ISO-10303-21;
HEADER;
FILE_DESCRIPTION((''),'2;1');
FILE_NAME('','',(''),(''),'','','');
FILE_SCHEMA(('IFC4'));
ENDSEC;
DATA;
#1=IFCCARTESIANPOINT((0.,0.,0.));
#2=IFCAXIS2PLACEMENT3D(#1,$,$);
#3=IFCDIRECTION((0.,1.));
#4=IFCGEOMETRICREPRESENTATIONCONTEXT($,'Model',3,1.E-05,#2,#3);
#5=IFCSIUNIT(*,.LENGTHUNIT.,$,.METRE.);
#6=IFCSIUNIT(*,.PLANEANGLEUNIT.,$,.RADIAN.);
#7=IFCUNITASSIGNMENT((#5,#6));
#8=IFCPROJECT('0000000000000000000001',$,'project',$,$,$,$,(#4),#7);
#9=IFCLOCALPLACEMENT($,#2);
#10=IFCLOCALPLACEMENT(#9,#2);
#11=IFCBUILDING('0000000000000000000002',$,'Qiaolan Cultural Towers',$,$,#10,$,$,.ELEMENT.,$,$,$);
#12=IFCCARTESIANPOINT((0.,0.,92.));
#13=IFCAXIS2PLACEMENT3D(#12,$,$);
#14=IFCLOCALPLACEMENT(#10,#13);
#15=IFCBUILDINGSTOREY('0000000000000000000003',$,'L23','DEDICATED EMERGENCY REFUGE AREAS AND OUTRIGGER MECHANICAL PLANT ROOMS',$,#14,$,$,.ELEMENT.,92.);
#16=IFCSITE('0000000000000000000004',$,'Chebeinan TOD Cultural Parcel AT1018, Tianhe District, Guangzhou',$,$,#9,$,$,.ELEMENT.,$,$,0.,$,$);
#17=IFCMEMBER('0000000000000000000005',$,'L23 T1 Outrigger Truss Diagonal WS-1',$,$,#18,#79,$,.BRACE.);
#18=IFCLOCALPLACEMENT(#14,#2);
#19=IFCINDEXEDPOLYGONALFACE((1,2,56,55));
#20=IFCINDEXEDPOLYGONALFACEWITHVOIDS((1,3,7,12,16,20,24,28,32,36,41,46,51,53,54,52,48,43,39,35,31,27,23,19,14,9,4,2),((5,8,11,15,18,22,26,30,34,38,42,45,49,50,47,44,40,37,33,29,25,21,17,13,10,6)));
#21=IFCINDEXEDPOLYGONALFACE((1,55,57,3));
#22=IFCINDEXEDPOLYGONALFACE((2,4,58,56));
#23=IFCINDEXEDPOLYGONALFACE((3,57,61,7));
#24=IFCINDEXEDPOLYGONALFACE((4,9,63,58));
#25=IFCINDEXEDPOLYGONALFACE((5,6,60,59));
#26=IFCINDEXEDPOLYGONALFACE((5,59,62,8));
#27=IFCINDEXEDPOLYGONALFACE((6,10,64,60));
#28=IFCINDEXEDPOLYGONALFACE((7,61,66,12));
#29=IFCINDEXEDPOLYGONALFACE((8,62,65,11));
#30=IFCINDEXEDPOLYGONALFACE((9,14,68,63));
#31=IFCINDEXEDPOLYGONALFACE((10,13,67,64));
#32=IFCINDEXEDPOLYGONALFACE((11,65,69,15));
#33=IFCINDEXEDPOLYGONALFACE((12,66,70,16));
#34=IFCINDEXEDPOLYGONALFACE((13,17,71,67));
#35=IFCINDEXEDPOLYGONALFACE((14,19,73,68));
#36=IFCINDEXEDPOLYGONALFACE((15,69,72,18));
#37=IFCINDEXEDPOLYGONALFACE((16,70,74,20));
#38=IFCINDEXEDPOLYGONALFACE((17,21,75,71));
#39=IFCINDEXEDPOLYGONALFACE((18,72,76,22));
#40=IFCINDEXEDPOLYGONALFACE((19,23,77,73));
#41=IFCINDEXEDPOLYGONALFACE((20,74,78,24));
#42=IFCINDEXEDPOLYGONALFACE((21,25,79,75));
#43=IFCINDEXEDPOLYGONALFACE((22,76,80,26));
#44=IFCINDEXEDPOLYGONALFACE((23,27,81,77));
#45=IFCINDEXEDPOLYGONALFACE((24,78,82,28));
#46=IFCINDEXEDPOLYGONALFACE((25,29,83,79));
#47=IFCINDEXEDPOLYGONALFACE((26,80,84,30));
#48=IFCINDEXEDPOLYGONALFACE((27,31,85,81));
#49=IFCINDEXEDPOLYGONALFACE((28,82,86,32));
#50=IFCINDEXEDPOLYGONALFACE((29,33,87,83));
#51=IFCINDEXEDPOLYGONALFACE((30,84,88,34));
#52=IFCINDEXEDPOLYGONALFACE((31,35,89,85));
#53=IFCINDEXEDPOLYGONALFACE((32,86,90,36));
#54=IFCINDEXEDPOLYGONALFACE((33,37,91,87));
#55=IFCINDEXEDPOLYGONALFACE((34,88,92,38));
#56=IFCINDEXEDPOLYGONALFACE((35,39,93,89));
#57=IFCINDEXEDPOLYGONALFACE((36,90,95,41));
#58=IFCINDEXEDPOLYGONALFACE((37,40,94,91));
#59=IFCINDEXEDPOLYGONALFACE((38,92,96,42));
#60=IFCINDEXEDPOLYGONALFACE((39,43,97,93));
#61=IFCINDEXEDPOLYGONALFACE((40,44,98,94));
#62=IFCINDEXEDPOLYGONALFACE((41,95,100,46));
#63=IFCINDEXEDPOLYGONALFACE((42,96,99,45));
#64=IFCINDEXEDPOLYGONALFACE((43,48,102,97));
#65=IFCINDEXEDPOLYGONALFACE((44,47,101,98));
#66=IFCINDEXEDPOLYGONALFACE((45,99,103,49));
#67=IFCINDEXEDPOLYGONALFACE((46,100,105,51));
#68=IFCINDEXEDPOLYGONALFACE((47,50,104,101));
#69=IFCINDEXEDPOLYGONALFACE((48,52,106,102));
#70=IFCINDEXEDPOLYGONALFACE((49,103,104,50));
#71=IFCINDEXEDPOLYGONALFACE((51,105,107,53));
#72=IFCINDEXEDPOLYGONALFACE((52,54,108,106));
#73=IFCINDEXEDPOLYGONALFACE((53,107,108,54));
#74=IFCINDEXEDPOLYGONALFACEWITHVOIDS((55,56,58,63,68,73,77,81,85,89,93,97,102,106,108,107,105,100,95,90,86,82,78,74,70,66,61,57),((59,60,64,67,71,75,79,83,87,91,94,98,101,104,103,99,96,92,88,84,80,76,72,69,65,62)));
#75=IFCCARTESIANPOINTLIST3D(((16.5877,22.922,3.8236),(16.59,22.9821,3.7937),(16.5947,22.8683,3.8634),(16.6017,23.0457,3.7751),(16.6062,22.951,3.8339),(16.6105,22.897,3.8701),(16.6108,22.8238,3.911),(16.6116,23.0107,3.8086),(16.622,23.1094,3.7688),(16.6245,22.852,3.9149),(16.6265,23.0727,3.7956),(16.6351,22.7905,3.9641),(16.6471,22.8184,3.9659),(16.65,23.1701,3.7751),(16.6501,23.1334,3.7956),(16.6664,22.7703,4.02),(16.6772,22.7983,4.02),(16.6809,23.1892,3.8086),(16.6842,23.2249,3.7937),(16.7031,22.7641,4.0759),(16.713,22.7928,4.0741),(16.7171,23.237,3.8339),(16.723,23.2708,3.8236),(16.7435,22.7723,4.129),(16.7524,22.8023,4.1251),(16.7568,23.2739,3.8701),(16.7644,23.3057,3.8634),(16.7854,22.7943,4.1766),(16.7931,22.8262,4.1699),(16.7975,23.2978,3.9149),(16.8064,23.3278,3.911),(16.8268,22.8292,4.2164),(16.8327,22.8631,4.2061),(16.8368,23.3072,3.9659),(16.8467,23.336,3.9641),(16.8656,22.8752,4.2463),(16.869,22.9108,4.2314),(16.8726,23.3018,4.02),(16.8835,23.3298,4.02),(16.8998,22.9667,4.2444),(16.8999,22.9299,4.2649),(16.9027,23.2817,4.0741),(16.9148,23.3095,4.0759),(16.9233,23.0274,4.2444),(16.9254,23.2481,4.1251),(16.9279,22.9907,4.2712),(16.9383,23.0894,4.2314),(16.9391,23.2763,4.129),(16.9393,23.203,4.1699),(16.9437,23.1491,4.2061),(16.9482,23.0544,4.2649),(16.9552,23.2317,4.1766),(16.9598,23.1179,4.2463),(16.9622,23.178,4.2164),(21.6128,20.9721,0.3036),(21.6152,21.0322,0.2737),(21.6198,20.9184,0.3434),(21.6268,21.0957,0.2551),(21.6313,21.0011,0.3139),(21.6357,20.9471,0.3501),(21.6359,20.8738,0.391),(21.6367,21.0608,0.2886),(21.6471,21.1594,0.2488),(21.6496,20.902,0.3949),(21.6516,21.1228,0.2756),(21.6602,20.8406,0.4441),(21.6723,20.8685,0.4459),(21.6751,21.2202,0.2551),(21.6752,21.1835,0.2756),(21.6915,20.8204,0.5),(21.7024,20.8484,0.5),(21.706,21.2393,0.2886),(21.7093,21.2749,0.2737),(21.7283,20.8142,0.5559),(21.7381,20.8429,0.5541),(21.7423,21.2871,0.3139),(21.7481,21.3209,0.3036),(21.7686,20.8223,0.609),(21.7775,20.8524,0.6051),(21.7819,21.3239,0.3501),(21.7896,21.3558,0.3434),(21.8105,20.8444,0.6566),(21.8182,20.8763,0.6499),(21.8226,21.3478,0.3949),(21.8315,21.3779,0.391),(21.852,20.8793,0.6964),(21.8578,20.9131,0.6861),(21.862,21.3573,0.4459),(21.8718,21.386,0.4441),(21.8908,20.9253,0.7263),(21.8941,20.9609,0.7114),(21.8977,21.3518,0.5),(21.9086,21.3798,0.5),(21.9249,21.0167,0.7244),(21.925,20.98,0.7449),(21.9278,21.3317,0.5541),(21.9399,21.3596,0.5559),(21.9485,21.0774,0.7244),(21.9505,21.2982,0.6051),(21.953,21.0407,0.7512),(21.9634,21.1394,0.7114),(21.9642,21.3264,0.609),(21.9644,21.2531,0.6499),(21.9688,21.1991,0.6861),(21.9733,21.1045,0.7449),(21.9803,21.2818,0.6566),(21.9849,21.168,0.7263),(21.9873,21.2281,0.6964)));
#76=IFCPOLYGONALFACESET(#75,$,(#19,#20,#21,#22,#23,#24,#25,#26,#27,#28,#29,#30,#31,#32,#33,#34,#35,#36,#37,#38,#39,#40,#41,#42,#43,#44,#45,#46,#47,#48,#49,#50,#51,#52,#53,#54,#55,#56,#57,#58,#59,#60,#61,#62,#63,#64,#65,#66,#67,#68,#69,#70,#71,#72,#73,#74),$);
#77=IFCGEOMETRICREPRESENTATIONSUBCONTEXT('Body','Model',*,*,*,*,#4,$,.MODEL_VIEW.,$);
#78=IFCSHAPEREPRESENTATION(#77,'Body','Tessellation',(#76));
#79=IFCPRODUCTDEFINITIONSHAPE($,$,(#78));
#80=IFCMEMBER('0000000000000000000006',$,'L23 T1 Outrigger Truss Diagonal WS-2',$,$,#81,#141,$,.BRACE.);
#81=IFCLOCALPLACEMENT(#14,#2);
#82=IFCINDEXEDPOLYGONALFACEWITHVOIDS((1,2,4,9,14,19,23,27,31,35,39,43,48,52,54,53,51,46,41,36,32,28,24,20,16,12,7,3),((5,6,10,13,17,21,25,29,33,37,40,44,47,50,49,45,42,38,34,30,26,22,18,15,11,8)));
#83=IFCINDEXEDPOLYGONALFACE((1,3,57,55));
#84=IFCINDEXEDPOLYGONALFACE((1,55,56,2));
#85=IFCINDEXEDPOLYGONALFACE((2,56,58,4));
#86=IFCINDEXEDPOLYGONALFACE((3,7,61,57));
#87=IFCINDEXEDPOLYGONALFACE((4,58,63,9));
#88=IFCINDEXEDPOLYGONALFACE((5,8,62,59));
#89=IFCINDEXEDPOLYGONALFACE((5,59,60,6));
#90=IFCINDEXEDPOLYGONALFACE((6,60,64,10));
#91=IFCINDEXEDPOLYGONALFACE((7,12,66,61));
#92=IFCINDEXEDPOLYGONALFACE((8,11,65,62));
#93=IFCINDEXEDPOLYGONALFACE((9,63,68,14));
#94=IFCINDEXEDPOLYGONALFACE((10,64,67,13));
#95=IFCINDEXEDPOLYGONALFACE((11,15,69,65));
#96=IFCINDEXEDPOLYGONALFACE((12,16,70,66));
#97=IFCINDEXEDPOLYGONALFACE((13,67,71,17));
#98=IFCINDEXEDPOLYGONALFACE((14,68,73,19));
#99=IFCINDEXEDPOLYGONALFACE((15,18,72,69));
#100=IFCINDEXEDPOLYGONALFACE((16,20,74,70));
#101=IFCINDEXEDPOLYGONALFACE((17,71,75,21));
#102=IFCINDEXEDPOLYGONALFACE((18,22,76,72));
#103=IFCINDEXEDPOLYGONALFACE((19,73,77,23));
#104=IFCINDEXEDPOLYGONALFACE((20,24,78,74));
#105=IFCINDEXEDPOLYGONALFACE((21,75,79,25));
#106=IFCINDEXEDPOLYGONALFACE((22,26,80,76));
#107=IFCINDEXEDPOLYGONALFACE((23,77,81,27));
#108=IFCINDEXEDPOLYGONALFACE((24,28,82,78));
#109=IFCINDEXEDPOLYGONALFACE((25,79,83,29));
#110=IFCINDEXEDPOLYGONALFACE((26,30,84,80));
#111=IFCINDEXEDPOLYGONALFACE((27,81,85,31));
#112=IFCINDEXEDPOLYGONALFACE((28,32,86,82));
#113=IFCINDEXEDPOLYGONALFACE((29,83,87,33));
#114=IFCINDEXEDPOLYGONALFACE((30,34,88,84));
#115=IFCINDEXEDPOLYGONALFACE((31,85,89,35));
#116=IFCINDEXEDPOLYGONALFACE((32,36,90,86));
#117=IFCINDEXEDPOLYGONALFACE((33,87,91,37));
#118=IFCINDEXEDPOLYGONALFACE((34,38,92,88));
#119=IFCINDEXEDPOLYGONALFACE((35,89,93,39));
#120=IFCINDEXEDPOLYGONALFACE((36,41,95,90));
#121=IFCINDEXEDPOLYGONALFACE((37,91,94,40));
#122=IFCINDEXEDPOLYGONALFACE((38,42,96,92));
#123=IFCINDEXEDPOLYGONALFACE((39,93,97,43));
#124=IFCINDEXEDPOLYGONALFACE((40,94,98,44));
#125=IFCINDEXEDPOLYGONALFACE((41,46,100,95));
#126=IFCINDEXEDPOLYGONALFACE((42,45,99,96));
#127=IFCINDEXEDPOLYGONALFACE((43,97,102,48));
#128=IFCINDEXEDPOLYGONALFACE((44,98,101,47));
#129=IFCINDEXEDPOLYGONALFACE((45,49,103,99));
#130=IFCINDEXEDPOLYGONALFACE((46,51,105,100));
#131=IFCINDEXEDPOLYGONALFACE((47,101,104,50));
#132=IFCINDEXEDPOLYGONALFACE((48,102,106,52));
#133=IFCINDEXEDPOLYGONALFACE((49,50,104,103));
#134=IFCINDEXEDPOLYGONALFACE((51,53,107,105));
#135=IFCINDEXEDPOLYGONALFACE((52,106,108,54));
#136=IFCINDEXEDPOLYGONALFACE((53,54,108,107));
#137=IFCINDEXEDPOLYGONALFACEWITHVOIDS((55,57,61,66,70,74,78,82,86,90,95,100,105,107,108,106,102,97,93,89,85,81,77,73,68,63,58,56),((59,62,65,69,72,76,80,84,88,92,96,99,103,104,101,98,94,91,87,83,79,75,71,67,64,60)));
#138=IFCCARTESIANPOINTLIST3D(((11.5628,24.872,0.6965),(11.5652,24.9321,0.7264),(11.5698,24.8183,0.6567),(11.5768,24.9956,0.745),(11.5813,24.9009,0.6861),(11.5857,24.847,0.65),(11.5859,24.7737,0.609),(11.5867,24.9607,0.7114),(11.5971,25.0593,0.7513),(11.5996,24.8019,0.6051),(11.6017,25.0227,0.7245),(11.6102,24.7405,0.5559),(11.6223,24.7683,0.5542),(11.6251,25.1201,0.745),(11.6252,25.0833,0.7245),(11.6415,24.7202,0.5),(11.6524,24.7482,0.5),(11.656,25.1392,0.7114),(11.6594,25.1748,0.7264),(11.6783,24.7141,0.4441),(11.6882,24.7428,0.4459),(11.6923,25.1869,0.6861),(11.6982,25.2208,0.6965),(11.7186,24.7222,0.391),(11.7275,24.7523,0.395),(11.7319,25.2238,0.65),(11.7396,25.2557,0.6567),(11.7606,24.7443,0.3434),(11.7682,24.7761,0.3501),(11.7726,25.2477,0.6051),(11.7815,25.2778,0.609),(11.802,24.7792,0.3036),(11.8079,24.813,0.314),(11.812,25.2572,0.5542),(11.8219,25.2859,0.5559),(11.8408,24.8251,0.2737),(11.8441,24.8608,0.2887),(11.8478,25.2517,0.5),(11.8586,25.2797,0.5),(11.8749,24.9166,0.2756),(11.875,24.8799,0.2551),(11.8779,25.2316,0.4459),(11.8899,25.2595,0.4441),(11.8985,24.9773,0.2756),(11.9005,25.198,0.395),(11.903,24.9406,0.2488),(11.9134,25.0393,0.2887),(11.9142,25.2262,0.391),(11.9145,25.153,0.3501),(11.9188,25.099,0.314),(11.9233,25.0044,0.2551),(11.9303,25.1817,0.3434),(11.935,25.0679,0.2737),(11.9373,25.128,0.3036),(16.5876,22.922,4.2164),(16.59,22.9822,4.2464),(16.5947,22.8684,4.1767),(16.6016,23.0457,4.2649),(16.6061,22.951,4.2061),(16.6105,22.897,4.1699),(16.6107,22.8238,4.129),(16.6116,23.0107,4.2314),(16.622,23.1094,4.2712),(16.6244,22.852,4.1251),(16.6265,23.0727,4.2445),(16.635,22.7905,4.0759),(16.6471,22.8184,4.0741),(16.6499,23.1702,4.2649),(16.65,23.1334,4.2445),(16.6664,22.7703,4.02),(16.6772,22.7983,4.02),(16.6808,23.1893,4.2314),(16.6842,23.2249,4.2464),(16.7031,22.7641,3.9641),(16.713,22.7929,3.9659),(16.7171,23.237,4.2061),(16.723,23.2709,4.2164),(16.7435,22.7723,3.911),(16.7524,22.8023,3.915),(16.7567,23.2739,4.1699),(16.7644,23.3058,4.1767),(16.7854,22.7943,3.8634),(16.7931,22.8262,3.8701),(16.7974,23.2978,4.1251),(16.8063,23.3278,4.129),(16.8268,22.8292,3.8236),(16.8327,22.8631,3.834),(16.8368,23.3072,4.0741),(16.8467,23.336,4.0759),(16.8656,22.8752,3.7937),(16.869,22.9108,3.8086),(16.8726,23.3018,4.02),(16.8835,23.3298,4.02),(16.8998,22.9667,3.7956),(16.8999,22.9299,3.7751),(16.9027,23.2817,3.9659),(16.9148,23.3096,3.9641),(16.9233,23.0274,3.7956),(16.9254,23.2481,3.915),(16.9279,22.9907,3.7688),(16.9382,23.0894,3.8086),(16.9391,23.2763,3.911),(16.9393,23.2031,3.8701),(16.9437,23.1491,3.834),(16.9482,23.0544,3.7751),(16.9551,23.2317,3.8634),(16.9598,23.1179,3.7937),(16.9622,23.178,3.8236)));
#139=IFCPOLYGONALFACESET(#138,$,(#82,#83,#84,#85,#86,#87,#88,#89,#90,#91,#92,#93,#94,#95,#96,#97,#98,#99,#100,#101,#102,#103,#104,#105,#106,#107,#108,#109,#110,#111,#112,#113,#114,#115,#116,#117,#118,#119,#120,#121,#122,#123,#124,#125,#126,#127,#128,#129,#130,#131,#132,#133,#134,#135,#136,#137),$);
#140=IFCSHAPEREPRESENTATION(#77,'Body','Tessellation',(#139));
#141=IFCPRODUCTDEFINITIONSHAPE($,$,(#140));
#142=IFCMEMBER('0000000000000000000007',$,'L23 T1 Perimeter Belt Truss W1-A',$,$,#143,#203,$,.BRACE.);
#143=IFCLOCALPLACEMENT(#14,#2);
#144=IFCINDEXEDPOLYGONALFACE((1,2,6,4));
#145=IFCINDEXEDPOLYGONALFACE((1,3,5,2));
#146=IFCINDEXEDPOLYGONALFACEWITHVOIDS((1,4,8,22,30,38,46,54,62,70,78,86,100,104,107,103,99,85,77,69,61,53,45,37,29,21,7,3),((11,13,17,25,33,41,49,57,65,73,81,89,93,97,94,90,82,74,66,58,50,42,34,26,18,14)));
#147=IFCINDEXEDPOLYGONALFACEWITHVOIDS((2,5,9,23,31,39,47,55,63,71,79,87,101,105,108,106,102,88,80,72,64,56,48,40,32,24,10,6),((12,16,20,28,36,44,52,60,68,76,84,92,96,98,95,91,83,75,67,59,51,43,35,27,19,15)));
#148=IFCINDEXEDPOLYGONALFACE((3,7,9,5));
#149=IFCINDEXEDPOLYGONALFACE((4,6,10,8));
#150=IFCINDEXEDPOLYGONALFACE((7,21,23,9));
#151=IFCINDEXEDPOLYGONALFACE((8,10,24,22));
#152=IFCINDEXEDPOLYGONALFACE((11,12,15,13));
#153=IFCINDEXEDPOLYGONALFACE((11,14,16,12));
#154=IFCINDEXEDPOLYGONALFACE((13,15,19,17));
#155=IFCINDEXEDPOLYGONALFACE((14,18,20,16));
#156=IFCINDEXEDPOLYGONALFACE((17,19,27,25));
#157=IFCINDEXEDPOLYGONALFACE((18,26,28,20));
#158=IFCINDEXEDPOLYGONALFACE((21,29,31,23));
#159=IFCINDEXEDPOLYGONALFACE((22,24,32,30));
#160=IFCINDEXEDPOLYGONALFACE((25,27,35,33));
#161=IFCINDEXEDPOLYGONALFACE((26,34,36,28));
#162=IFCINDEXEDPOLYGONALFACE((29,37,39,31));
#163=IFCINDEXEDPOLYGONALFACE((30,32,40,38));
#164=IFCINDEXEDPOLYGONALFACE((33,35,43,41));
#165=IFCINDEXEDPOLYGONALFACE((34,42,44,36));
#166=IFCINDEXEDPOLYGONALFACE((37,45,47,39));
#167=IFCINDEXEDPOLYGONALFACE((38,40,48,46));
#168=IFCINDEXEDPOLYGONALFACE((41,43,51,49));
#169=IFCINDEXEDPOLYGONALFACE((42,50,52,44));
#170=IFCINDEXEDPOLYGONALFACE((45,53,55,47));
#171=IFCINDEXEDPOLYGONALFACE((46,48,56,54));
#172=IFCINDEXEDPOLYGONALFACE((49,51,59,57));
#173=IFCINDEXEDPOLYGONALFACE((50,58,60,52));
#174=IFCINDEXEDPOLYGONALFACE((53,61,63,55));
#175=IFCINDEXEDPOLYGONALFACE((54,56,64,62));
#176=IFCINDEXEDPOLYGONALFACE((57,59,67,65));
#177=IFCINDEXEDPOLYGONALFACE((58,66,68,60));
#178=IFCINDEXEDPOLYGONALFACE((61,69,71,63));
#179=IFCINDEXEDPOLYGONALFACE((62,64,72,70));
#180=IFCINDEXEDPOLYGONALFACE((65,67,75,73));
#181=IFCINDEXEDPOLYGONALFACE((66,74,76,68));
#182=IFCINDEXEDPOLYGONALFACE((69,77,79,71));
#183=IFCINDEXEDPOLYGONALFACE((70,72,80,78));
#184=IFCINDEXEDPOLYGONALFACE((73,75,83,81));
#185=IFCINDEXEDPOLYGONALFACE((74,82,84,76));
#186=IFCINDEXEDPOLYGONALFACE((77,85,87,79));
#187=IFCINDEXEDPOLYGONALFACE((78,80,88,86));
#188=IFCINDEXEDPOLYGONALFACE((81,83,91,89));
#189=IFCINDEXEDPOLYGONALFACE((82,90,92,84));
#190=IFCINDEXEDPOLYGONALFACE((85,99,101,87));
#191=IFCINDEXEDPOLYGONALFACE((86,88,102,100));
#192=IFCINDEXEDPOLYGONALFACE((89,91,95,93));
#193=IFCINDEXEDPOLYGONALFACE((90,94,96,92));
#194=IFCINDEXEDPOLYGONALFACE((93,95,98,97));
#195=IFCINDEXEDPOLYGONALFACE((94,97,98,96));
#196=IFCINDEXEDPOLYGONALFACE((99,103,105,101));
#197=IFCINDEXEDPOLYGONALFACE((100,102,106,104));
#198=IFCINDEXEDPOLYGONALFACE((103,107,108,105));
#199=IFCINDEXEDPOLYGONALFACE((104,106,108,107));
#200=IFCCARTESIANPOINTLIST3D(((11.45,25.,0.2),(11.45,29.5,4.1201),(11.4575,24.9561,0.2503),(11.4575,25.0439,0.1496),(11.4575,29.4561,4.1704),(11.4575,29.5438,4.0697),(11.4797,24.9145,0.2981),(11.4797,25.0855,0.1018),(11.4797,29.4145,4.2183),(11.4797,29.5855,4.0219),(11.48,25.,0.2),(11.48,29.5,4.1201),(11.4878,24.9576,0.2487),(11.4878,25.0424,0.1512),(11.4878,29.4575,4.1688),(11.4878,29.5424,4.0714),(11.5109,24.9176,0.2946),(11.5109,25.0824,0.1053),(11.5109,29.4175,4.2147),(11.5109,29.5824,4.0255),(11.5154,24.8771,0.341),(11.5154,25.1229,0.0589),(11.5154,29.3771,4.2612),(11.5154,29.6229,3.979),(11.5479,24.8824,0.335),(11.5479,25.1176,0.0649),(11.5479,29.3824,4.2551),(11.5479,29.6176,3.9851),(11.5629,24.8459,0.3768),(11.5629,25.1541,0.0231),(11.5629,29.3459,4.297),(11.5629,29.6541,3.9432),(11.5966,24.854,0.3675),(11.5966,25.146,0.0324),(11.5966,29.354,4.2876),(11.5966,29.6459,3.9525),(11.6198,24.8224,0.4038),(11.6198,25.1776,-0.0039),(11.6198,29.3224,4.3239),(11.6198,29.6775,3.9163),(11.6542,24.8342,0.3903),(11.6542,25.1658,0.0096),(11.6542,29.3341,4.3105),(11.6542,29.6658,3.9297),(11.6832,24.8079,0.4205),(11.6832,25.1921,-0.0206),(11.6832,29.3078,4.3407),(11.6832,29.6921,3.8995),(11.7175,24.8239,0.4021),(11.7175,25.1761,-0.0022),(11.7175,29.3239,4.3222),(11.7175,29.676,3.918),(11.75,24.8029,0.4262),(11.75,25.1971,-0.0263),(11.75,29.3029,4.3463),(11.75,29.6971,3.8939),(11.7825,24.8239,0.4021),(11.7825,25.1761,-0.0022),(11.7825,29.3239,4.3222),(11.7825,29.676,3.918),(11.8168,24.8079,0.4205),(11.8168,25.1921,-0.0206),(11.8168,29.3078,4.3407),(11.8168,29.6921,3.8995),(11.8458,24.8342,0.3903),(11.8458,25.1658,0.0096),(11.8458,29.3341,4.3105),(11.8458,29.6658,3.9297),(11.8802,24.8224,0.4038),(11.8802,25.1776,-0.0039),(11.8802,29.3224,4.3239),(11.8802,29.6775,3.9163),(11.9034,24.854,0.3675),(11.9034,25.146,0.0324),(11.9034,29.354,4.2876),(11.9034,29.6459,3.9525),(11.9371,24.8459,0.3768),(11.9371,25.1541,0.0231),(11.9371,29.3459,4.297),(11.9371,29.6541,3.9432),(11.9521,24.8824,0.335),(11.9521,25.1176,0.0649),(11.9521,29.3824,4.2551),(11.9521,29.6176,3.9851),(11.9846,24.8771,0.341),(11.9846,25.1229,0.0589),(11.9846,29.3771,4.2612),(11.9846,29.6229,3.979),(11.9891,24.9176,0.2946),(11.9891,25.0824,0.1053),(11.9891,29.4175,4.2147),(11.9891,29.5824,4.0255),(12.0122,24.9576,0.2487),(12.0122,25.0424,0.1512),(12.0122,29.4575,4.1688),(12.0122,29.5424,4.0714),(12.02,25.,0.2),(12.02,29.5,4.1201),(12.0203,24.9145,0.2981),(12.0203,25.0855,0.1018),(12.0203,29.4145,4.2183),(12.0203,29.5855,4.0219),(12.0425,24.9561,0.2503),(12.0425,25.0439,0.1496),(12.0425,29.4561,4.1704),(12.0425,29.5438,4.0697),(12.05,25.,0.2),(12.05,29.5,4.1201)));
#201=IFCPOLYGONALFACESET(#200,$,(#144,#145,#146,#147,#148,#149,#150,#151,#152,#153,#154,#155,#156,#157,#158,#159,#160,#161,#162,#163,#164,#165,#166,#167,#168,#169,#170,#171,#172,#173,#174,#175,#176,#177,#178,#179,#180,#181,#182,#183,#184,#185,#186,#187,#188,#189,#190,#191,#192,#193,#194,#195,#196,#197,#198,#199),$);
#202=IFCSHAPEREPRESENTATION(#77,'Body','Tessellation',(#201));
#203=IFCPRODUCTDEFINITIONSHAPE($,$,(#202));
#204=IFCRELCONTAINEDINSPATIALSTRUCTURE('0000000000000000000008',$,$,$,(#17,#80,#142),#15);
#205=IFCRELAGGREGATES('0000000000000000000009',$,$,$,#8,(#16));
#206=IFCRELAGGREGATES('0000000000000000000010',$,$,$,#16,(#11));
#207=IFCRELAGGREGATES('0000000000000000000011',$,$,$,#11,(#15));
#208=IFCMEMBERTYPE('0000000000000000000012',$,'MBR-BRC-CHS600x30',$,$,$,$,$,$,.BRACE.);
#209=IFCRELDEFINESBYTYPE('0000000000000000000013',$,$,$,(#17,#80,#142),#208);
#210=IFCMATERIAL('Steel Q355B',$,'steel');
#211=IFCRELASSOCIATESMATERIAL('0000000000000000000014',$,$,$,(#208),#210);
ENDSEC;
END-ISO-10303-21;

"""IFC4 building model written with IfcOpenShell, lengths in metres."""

from ifc_helpers import new_model, si_unit, direction, frame, origin, origin_2d, place, context, subcontext, project, spatial, hollow_circle, extrude, material, material_profile, profile_set, type_object, element, save


model = new_model("IFC4")

# Units and contexts
model_context = context("Model", 3, precision=1e-05, world=origin(), true_north=direction((0.0, 1.0)))
body_context = subcontext(model_context, "Body", "Model", "MODEL_VIEW")
ifc_project = project(units=[si_unit("LENGTHUNIT", "METRE"), si_unit("PLANEANGLEUNIT", "RADIAN")], contexts=[model_context])

# Site, building, storey
site_placement = place(None, origin())
site = spatial("IfcSite", under=ifc_project, at=site_placement, Name="Chebeinan TOD Cultural Parcel AT1018, Tianhe District, Guangzhou", CompositionType="ELEMENT", RefElevation=0.0)
building_placement = place(site_placement, origin())
building = spatial("IfcBuilding", under=site, at=building_placement, Name="Qiaolan Cultural Towers", CompositionType="ELEMENT")
storey_placement = place(building_placement, frame((0.0, 0.0, 92.0)))
storey = spatial("IfcBuildingStorey", under=building, at=storey_placement, Name="L23", Description="DEDICATED EMERGENCY REFUGE AREAS AND OUTRIGGER MECHANICAL PLANT ROOMS", CompositionType="ELEMENT", Elevation=92.0)

# Members
ifc_material_1 = material(Name="Steel Q355B", Category="steel")
ifc_material_profile_1 = material_profile(ifc_material_1, hollow_circle(Radius=0.3, WallThickness=0.03, at=origin_2d()), Name="CHS600x30")
ifc_profile_set_1 = profile_set([ifc_material_profile_1], Name="Steel Q355B")
member_type_1 = type_object("IfcMemberType", Name="MBR-BRC-CHS600x30", PredefinedType="BRACE", material=ifc_profile_set_1)
member_1_placement = place(storey_placement, frame((21.8, 21.1001, 0.5), z_axis=(-0.780572, 0.302892, 0.546776), x_axis=(-0.361758, -0.932272, 0.0)))
element("IfcMember", 1, at=member_1_placement, inside=storey, type_object=member_type_1, Name="L23 T1 Outrigger Truss Diagonal WS-1", PredefinedType="BRACE", context=body_context, shape_type="SweptSolid", body=[
    extrude(hollow_circle(Radius=0.3, WallThickness=0.03, at=origin_2d()), origin(), (0.0, 0.0, 1.0), 6.4377),
])
member_2_placement = place(storey_placement, frame((16.7749, 23.05, 4.02), z_axis=(-0.780557, 0.302901, -0.546792), x_axis=(-0.361773, -0.932266, 0.0)))
element("IfcMember", 2, at=member_2_placement, inside=storey, type_object=member_type_1, Name="L23 T1 Outrigger Truss Diagonal WS-2", PredefinedType="BRACE", context=body_context, shape_type="SweptSolid", body=[
    extrude(hollow_circle(Radius=0.3, WallThickness=0.03, at=origin_2d()), origin(), (0.0, 0.0, 1.0), 6.4375),
])
for number, where, z_axis, x_axis, name in (
    (3, (11.75, 25.0, 0.2), (0.0, 0.754014, 0.656858), (-1.0, 0.0, 0.0), "L23 T1 Perimeter Belt Truss W1-A"),
):
    element("IfcMember", number, at=place(storey_placement, frame(where, z_axis=z_axis, x_axis=x_axis)), inside=storey, type_object=member_type_1, Name=name, PredefinedType="BRACE", context=body_context, shape_type="SweptSolid", body=[
        extrude(hollow_circle(Radius=0.3, WallThickness=0.03, at=origin_2d()), origin(), (0.0, 0.0, 1.0), 5.968),
    ])

save(model, "model.ifc")
